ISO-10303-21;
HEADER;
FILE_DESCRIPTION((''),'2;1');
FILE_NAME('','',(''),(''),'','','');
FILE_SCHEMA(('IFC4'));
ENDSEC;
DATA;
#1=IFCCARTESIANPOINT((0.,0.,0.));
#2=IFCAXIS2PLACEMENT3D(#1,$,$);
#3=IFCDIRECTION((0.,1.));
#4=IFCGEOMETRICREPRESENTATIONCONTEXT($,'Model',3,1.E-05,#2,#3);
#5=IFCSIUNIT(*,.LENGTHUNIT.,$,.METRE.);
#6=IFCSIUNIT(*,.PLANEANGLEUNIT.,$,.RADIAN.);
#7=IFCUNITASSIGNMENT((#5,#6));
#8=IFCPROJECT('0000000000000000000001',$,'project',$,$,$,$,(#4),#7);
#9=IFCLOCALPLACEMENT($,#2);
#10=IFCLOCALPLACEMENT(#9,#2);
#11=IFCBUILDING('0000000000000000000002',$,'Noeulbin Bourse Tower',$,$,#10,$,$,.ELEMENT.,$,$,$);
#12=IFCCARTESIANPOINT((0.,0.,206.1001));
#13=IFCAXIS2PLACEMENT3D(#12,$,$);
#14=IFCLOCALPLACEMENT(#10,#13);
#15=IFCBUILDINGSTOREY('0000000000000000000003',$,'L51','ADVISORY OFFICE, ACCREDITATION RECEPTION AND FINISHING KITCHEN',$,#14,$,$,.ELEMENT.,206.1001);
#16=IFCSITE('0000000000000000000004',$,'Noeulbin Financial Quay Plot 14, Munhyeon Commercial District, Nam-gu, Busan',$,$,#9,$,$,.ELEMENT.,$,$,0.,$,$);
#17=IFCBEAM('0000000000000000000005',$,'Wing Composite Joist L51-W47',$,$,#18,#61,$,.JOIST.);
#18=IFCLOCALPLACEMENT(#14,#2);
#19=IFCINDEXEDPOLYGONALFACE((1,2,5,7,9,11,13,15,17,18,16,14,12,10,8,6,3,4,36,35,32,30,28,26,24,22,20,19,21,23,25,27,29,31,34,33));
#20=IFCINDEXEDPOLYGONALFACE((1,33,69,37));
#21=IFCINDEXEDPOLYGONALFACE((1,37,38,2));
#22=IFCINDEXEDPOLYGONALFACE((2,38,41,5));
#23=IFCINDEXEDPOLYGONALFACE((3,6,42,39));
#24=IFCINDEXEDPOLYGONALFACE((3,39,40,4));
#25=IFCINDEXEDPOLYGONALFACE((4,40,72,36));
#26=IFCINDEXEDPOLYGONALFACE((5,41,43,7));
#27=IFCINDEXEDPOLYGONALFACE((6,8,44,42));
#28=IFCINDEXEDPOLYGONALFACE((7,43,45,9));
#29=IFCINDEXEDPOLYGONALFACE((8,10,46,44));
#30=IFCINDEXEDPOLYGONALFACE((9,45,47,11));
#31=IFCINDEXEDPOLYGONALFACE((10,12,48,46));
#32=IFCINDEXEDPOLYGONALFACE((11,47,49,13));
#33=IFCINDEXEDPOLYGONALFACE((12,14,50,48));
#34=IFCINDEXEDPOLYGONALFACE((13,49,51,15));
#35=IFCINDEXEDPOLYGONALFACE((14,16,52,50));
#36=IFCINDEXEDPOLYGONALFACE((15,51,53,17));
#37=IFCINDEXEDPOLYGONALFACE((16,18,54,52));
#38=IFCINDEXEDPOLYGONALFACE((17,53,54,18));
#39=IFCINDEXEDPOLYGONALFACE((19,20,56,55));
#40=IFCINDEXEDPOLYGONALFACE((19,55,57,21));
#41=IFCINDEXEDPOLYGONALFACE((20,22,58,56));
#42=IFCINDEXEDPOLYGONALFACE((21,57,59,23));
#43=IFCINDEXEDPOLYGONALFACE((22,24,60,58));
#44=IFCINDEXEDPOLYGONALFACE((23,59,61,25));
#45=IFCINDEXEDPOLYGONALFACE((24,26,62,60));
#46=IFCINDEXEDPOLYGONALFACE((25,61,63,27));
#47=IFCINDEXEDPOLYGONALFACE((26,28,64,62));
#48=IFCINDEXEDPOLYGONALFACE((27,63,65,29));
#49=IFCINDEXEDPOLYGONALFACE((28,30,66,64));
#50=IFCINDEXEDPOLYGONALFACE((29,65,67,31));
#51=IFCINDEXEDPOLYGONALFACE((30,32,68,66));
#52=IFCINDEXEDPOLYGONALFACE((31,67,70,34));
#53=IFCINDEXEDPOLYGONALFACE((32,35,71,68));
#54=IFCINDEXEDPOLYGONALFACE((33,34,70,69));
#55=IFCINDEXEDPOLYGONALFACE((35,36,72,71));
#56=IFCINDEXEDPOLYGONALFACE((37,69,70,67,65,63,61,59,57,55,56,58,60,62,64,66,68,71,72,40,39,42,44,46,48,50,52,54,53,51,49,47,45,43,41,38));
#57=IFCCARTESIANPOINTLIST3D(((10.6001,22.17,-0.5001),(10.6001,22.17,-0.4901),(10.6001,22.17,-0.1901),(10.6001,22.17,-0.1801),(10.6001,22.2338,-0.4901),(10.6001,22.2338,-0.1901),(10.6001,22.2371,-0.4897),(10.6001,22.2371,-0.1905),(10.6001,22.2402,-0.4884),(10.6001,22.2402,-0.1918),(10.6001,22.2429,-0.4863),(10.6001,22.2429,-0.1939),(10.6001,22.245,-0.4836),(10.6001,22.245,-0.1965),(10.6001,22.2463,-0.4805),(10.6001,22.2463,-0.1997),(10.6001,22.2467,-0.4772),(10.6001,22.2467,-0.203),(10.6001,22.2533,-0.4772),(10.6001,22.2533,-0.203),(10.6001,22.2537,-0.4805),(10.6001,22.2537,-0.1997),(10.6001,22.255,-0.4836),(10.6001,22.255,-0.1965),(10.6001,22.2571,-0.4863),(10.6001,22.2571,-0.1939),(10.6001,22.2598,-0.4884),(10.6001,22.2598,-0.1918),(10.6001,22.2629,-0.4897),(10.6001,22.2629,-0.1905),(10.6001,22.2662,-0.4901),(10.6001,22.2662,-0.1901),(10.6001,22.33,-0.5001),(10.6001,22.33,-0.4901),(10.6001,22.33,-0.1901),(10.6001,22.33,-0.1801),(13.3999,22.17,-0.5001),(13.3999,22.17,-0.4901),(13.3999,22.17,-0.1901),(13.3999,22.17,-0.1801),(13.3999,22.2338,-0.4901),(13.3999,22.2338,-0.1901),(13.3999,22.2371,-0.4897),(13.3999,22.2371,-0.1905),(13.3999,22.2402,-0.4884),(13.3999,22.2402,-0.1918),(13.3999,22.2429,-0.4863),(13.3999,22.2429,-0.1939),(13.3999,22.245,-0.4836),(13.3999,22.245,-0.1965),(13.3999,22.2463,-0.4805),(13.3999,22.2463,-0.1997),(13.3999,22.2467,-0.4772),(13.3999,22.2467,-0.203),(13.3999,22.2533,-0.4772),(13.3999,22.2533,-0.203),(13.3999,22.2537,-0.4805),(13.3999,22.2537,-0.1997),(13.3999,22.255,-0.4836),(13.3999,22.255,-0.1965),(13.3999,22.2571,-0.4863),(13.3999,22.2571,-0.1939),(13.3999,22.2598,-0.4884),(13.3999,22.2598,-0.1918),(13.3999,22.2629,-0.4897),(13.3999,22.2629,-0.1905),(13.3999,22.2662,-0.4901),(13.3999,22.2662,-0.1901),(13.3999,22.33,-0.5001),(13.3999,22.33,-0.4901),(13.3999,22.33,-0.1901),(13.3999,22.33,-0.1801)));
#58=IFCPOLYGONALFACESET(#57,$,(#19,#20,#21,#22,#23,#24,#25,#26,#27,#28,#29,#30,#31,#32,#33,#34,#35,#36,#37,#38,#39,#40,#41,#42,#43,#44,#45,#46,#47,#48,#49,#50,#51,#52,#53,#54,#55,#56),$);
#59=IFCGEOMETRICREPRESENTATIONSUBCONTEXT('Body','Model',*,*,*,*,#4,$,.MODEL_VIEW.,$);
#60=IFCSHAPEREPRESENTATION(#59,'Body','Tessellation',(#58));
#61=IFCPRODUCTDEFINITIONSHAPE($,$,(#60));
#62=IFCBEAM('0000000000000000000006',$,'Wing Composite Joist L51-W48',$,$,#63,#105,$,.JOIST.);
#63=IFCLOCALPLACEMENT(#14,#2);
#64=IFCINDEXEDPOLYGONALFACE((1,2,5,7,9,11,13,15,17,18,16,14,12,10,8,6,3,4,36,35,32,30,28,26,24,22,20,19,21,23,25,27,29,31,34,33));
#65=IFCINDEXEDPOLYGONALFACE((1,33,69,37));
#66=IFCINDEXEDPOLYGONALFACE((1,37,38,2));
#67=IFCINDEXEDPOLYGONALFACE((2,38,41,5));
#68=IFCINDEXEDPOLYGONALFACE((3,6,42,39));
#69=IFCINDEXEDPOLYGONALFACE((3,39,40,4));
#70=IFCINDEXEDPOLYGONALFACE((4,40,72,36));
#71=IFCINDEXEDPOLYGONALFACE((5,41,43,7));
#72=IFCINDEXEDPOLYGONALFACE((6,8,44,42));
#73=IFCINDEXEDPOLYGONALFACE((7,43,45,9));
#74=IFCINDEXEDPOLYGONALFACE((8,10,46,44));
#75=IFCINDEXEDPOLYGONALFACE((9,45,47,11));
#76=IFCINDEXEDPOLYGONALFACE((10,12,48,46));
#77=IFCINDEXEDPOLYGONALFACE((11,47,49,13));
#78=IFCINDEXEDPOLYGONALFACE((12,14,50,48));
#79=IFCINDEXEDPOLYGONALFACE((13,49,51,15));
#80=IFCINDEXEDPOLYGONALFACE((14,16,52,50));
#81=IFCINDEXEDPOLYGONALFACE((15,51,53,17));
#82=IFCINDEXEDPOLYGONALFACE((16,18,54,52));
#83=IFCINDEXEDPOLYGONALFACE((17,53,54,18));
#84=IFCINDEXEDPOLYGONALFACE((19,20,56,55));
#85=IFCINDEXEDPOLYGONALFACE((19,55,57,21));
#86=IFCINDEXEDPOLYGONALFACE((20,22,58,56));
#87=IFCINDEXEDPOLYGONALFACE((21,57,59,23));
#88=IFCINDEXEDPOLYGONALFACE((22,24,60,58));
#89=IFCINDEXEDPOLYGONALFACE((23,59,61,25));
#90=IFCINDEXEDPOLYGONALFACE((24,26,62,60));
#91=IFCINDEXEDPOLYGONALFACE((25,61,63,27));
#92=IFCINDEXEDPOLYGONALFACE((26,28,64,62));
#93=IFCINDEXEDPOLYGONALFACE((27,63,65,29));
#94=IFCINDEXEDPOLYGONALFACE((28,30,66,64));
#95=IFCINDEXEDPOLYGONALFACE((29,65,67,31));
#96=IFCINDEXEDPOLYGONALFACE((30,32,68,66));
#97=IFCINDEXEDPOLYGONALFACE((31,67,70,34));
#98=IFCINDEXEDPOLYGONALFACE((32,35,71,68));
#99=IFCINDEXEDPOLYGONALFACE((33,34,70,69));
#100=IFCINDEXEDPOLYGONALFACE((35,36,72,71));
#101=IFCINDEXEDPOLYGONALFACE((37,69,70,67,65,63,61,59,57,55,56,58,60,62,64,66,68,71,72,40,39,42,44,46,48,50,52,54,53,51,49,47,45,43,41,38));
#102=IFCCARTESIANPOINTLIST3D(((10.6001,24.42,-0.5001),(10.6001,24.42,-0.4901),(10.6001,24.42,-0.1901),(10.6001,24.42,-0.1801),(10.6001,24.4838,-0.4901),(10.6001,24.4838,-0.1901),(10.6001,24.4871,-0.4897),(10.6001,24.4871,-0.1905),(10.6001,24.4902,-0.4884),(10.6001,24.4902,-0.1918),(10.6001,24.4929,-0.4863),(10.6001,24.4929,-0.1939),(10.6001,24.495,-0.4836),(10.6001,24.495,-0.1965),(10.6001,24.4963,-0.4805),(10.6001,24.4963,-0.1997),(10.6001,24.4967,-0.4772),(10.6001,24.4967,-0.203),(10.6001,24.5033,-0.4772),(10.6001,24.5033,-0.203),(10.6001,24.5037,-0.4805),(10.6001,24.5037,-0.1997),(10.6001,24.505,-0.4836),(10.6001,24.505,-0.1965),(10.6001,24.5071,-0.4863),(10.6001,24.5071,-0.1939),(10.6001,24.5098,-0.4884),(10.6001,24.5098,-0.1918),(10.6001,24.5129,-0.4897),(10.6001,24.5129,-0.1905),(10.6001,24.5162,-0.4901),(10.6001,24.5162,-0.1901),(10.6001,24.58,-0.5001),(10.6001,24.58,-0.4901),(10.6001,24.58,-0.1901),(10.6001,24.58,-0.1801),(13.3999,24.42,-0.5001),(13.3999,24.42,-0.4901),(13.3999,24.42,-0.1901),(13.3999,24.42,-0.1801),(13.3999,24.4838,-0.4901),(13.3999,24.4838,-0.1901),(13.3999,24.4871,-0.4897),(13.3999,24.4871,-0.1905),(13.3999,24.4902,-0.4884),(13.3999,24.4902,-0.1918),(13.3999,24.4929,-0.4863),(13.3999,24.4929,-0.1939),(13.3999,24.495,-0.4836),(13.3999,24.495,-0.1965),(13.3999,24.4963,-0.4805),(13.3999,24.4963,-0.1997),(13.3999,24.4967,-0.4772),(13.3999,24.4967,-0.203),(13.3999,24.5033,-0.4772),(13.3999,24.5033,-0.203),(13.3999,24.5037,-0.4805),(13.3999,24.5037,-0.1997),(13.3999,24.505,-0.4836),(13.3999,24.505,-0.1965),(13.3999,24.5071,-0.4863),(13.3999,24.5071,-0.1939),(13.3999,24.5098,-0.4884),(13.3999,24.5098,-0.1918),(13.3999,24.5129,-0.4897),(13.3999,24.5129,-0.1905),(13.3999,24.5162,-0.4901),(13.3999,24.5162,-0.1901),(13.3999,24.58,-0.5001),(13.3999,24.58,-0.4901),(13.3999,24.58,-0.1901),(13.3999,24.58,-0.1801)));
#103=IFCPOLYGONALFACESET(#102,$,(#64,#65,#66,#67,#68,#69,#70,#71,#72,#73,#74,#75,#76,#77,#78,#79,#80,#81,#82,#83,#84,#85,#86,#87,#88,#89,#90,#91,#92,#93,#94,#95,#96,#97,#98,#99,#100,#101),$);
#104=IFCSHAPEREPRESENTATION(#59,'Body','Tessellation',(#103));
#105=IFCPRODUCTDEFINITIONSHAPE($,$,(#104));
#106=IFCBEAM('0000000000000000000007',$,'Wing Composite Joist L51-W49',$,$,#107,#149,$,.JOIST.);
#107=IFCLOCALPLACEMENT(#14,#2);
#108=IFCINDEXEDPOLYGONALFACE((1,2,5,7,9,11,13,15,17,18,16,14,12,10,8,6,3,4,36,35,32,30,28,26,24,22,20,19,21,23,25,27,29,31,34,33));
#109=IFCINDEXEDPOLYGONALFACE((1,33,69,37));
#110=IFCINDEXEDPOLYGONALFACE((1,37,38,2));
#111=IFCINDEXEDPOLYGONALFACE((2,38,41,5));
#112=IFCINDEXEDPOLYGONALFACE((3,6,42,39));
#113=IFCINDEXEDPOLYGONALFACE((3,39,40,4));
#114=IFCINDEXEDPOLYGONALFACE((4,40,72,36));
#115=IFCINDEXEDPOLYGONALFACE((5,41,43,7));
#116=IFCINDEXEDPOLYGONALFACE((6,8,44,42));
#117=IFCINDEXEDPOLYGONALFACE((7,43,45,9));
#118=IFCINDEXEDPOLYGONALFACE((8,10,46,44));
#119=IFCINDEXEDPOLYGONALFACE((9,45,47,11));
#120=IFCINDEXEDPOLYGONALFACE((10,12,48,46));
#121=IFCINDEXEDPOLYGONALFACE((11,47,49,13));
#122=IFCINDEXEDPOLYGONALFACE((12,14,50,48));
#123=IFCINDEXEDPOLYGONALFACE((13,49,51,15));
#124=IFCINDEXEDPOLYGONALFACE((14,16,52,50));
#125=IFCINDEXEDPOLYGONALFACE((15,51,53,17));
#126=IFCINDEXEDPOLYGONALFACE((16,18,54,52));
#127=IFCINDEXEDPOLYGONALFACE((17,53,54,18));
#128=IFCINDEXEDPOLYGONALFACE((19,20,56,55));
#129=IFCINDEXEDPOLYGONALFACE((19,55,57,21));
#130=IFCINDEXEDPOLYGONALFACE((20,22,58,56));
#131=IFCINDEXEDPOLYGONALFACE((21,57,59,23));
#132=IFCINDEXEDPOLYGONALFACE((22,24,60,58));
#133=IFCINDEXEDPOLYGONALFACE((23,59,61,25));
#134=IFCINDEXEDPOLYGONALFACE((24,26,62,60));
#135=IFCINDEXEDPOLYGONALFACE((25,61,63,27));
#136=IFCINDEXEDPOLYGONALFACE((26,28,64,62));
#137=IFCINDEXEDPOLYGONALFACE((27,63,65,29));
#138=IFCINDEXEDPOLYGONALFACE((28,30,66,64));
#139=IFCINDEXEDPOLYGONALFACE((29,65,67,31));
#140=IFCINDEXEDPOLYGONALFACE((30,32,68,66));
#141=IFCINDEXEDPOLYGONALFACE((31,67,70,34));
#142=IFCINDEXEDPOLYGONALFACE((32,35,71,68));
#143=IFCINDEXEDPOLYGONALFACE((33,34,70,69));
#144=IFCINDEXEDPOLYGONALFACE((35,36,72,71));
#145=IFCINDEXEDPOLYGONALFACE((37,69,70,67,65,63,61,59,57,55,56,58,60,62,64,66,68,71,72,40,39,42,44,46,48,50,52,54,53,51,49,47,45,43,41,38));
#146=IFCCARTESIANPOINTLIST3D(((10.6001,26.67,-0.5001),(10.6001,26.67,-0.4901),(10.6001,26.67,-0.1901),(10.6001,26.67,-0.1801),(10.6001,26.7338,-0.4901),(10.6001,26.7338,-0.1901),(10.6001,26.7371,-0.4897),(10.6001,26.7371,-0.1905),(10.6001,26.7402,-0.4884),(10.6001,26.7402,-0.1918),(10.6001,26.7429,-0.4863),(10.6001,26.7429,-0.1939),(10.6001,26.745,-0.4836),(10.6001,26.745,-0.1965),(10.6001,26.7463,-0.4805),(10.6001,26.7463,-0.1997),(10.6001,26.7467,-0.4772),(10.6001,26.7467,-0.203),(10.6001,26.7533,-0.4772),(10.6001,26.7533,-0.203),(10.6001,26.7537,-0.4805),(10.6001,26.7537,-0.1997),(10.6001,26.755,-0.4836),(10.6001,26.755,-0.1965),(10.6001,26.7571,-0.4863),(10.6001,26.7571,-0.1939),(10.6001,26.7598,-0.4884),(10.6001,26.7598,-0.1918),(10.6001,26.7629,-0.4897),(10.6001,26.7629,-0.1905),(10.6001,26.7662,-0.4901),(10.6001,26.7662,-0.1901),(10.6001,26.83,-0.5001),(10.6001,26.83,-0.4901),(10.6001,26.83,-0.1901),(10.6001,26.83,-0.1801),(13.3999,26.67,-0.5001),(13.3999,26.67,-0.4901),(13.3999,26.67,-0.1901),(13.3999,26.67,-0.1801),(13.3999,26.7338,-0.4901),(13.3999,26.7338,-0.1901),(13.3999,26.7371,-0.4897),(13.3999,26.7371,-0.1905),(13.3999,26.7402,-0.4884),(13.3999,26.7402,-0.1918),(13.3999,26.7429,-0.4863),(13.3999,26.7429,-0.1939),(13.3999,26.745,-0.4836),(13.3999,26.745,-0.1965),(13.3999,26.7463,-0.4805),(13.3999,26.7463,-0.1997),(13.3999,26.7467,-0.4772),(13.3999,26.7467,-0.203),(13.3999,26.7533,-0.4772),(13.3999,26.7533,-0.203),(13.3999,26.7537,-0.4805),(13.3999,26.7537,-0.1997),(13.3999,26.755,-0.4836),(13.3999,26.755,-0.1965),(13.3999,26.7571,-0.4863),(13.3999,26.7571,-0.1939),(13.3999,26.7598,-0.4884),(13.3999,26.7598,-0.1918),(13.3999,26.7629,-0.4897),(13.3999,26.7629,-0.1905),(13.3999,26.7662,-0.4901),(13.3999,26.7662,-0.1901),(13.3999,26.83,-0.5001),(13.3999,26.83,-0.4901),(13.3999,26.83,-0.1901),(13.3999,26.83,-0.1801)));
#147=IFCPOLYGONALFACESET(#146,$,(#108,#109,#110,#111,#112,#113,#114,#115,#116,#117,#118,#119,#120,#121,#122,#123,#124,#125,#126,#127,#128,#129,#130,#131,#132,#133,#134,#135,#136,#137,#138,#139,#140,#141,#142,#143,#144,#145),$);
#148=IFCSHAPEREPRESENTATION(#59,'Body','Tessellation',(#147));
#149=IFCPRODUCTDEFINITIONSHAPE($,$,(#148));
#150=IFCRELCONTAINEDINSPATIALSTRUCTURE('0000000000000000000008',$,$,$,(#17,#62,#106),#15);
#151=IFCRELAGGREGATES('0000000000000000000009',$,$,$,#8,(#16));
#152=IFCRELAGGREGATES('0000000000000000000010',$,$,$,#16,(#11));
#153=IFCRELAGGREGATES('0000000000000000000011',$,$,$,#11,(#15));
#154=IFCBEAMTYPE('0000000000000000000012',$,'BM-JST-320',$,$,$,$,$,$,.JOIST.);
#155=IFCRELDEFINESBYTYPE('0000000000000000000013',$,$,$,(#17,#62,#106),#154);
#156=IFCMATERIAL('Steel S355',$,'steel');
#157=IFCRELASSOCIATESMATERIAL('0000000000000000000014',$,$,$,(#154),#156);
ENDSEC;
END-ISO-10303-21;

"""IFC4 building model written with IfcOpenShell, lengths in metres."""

from ifc_helpers import new_model, si_unit, direction, frame, origin, origin_2d, place, context, subcontext, project, spatial, i_section, extrude, material, material_profile, profile_set, type_object, element, save


model = new_model("IFC4")

# Units and contexts
model_context = context("Model", 3, precision=1e-05, world=origin(), true_north=direction((0.0, 1.0)))
body_context = subcontext(model_context, "Body", "Model", "MODEL_VIEW")
ifc_project = project(units=[si_unit("LENGTHUNIT", "METRE"), si_unit("PLANEANGLEUNIT", "RADIAN")], contexts=[model_context])

# Site, building, storey
site_placement = place(None, origin())
site = spatial("IfcSite", under=ifc_project, at=site_placement, Name="Noeulbin Financial Quay Plot 14, Munhyeon Commercial District, Nam-gu, Busan", CompositionType="ELEMENT", RefElevation=0.0)
building_placement = place(site_placement, origin())
building = spatial("IfcBuilding", under=site, at=building_placement, Name="Noeulbin Bourse Tower", CompositionType="ELEMENT")
storey_placement = place(building_placement, frame((0.0, 0.0, 206.1001)))
storey = spatial("IfcBuildingStorey", under=building, at=storey_placement, Name="L51", Description="ADVISORY OFFICE, ACCREDITATION RECEPTION AND FINISHING KITCHEN", CompositionType="ELEMENT", Elevation=206.1001)

# Shared definitions
ifc_material_1 = material(Name="Steel S355", Category="steel")

# Beams
ifc_material_profile_1 = material_profile(ifc_material_1, i_section(OverallWidth=0.1599, OverallDepth=0.3201, WebThickness=0.0066, FlangeThickness=0.01, FilletRadius=0.0129, at=origin_2d()), Name="H-320x160x6.5x10", Category="LoadBearing")
ifc_profile_set_1 = profile_set([ifc_material_profile_1], Name="Steel S355")
beam_type_1 = type_object("IfcBeamType", Name="BM-JST-320", PredefinedType="JOIST", material=ifc_profile_set_1)
for number, where, z_axis, x_axis, name in (
    (1, (10.6001, 22.25, -0.3401), (1.0, 0.0, 0.0), (0.0, 1.0, 0.0), "Wing Composite Joist L51-W47"),
    (2, (10.6001, 24.5, -0.3401), (1.0, 0.0, 0.0), (0.0, 1.0, 0.0), "Wing Composite Joist L51-W48"),
    (3, (10.6001, 26.75, -0.3401), (1.0, 0.0, 0.0), (0.0, 1.0, 0.0), "Wing Composite Joist L51-W49"),
):
    element("IfcBeam", number, at=place(storey_placement, frame(where, z_axis=z_axis, x_axis=x_axis)), inside=storey, type_object=beam_type_1, Name=name, PredefinedType="JOIST", context=body_context, shape_type="SweptSolid", body=[
        extrude(i_section(OverallWidth=0.1599, OverallDepth=0.3201, WebThickness=0.0066, FlangeThickness=0.01, FilletRadius=0.0129, at=origin_2d()), origin(), (0.0, 0.0, 1.0), 2.7998),
    ])

save(model, "model.ifc")
